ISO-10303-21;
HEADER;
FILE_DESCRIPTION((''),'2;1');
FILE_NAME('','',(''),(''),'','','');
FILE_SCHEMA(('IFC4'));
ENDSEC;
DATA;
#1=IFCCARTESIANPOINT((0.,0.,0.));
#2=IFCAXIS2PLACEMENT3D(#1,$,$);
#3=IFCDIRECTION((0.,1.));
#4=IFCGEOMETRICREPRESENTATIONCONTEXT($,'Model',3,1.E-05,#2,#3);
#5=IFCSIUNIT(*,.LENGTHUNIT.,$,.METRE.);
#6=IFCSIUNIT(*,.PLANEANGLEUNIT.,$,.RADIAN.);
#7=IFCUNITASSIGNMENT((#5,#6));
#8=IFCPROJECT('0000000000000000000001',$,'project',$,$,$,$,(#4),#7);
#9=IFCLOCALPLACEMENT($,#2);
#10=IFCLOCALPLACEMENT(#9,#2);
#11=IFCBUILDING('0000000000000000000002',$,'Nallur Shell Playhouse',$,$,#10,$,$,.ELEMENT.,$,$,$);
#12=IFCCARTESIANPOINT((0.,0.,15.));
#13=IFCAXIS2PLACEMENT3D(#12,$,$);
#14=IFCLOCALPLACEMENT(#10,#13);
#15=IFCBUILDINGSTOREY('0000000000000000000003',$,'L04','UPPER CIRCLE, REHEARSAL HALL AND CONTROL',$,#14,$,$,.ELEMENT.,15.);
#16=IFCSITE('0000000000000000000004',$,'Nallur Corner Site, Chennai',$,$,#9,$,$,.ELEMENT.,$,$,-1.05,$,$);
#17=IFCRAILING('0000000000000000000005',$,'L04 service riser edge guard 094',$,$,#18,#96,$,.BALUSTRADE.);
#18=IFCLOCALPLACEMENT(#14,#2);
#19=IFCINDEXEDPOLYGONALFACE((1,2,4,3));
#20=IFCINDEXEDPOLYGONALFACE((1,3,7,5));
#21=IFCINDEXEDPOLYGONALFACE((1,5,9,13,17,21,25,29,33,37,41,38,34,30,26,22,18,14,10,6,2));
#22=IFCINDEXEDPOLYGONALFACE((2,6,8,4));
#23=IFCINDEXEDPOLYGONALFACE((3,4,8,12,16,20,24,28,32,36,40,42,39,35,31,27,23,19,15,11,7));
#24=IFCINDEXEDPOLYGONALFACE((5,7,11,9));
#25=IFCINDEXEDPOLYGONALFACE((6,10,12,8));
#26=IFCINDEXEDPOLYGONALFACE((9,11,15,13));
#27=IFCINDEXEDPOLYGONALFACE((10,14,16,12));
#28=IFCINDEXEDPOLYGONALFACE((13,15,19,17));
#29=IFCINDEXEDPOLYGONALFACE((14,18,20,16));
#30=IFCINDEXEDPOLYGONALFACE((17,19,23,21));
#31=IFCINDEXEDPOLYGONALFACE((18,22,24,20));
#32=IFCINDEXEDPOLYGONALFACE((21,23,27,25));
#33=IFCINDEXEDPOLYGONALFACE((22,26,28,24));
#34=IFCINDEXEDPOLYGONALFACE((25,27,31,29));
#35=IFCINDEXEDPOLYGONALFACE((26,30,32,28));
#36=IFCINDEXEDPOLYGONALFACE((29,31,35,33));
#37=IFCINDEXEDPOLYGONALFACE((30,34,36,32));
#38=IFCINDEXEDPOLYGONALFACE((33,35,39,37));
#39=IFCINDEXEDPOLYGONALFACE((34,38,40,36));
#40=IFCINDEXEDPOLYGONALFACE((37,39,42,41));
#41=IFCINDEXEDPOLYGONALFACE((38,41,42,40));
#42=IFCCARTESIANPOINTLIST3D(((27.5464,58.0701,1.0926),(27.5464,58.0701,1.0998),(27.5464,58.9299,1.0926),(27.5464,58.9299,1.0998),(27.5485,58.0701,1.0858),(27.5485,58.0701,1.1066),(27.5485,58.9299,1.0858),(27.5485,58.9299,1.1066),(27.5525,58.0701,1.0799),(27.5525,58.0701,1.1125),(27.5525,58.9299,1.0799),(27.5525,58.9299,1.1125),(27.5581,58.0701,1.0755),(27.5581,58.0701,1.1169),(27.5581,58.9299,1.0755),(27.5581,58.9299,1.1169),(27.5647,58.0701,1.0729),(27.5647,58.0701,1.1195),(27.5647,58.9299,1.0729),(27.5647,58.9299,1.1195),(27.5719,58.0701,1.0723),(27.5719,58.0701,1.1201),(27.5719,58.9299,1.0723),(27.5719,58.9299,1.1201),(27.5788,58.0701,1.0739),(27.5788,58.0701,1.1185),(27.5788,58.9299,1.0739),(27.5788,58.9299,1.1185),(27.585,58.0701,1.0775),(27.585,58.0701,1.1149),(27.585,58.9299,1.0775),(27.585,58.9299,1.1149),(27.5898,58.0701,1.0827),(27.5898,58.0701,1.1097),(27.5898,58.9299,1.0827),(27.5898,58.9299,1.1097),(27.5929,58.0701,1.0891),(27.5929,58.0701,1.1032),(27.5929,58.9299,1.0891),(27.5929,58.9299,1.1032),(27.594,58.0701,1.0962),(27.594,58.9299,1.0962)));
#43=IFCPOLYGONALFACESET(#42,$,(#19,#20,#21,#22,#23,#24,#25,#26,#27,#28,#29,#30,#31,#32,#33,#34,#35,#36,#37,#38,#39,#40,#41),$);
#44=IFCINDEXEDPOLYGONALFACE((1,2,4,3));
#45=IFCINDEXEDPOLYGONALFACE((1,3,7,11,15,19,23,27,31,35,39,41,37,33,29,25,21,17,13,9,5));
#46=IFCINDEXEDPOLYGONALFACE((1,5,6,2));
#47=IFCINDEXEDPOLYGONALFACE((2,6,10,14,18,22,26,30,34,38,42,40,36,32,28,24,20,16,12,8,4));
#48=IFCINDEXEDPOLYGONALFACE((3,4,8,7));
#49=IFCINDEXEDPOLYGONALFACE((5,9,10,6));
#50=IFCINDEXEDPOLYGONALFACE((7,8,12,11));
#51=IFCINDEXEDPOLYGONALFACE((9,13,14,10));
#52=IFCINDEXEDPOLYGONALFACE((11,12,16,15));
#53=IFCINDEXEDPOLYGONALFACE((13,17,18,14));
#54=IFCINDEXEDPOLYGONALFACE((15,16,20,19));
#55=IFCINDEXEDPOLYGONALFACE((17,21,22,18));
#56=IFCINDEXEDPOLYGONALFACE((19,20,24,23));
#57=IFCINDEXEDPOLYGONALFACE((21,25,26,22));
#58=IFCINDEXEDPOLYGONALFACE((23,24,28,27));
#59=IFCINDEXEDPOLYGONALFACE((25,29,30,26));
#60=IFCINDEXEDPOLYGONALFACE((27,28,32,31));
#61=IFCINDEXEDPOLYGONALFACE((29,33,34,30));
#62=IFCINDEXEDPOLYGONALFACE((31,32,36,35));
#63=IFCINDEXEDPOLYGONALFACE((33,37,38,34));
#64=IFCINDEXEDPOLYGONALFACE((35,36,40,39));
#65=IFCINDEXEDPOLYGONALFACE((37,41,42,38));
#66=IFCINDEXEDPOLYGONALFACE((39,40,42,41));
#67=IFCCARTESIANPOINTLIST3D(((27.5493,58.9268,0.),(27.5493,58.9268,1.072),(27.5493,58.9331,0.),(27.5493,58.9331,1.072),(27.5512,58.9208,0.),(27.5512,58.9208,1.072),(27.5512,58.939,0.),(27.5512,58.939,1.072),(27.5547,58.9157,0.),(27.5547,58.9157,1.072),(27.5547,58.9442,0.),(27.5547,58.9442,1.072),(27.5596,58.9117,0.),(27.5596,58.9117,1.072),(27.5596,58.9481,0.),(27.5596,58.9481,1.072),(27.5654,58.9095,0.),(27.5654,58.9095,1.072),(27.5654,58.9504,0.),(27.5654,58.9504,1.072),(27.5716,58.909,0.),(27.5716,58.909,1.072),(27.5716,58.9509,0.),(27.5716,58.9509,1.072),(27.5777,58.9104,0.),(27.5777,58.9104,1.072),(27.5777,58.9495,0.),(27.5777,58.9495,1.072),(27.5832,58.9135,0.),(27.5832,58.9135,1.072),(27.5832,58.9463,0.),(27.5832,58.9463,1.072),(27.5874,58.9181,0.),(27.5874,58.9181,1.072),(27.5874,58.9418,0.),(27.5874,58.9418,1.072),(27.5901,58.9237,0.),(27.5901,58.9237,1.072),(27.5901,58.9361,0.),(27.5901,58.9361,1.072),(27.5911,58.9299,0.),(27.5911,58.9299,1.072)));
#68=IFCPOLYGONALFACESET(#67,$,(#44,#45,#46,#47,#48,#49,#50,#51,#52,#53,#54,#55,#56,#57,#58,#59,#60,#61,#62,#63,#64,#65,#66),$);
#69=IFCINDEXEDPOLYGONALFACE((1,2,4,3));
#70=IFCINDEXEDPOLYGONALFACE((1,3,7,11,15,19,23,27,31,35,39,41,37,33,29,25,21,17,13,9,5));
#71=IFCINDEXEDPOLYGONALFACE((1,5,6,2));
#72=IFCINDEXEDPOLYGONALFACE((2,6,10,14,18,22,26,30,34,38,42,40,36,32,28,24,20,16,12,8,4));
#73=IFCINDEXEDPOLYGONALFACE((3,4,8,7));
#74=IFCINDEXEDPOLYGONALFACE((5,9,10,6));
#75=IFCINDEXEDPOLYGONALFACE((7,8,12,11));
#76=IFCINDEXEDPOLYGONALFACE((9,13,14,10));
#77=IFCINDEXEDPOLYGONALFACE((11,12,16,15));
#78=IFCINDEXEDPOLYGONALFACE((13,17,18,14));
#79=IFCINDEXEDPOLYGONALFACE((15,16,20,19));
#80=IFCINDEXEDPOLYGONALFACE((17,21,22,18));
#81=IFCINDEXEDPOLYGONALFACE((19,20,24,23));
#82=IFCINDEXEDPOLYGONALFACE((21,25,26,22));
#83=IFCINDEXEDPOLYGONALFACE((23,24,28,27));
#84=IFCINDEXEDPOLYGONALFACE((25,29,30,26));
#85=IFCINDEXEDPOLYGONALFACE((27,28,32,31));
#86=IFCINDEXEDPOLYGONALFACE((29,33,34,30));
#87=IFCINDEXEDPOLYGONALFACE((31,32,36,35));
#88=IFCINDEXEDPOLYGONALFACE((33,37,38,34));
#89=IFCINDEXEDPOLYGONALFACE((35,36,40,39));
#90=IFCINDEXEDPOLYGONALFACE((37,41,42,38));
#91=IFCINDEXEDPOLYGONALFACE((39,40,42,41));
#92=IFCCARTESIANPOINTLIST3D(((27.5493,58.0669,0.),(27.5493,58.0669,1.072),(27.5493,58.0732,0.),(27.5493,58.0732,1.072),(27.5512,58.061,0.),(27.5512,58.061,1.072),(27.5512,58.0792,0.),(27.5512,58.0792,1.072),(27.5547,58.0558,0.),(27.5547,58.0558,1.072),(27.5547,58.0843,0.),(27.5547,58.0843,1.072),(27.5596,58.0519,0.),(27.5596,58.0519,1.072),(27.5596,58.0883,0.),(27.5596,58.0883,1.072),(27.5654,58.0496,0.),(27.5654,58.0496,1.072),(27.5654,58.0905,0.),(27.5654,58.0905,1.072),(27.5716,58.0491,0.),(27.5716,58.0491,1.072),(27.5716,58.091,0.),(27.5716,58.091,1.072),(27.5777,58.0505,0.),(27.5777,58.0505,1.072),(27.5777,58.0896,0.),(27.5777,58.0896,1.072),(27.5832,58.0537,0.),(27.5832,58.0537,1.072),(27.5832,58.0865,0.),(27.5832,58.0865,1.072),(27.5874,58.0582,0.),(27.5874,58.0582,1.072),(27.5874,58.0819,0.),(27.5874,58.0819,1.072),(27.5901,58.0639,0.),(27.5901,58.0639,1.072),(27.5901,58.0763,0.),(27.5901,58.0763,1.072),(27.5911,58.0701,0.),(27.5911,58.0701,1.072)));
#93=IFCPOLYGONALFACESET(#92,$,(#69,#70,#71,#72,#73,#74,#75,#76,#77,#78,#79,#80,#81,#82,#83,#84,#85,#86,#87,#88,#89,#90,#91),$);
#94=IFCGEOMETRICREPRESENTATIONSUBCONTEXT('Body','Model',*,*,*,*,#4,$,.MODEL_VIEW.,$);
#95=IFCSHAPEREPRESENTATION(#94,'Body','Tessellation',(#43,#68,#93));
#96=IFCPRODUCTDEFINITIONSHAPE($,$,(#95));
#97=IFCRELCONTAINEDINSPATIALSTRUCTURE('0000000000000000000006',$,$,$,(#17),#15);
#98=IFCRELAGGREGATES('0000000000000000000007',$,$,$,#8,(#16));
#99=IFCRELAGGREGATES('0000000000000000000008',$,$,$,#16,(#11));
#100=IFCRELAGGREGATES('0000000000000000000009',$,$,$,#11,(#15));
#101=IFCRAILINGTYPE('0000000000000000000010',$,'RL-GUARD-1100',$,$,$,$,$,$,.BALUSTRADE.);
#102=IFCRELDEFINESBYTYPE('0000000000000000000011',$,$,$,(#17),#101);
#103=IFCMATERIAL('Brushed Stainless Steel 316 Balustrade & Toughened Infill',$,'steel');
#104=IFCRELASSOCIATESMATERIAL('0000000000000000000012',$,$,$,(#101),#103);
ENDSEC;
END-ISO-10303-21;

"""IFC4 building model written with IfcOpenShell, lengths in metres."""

from ifc_helpers import new_model, si_unit, direction, frame, origin, origin_2d, place, context, subcontext, project, spatial, circle, extrude, material, type_object, element, save


model = new_model("IFC4")

# Units and contexts
model_context = context("Model", 3, precision=1e-05, world=origin(), true_north=direction((0.0, 1.0)))
body_context = subcontext(model_context, "Body", "Model", "MODEL_VIEW")
ifc_project = project(units=[si_unit("LENGTHUNIT", "METRE"), si_unit("PLANEANGLEUNIT", "RADIAN")], contexts=[model_context])

# Site, building, storey
site_placement = place(None, origin())
site = spatial("IfcSite", under=ifc_project, at=site_placement, Name="Nallur Corner Site, Chennai", CompositionType="ELEMENT", RefElevation=-1.05)
building_placement = place(site_placement, origin())
building = spatial("IfcBuilding", under=site, at=building_placement, Name="Nallur Shell Playhouse", CompositionType="ELEMENT")
storey_placement = place(building_placement, frame((0.0, 0.0, 15.0)))
storey = spatial("IfcBuildingStorey", under=building, at=storey_placement, Name="L04", Description="UPPER CIRCLE, REHEARSAL HALL AND CONTROL", CompositionType="ELEMENT", Elevation=15.0)

# Railing
ifc_material_1 = material(Name="Brushed Stainless Steel 316 Balustrade & Toughened Infill", Category="steel")
railing_type = type_object("IfcRailingType", Name="RL-GUARD-1100", PredefinedType="BALUSTRADE", material=ifc_material_1)
railing_1_placement = place(storey_placement, frame((27.5701, 58.9299, 0.0)))
element("IfcRailing", 1, at=railing_1_placement, inside=storey, type_object=railing_type, Name="L04 service riser edge guard 094", PredefinedType="BALUSTRADE", context=body_context, shape_type="SweptSolid", body=[
    extrude(circle(Radius=0.0239, at=origin_2d()), frame((0.0, 0.0, 1.0962), z_axis=(0.0, -1.0, 0.0), x_axis=(1.0, 0.0, 0.0)), (0.0, 0.0, 1.0), 0.8599),
    extrude(circle(Radius=0.021, at=origin_2d()), origin(), (0.0, 0.0, 1.0), 1.072),
    extrude(circle(Radius=0.021, at=origin_2d()), frame((0.0, -0.8599, 0.0)), (0.0, 0.0, 1.0), 1.072),
])

save(model, "model.ifc")
